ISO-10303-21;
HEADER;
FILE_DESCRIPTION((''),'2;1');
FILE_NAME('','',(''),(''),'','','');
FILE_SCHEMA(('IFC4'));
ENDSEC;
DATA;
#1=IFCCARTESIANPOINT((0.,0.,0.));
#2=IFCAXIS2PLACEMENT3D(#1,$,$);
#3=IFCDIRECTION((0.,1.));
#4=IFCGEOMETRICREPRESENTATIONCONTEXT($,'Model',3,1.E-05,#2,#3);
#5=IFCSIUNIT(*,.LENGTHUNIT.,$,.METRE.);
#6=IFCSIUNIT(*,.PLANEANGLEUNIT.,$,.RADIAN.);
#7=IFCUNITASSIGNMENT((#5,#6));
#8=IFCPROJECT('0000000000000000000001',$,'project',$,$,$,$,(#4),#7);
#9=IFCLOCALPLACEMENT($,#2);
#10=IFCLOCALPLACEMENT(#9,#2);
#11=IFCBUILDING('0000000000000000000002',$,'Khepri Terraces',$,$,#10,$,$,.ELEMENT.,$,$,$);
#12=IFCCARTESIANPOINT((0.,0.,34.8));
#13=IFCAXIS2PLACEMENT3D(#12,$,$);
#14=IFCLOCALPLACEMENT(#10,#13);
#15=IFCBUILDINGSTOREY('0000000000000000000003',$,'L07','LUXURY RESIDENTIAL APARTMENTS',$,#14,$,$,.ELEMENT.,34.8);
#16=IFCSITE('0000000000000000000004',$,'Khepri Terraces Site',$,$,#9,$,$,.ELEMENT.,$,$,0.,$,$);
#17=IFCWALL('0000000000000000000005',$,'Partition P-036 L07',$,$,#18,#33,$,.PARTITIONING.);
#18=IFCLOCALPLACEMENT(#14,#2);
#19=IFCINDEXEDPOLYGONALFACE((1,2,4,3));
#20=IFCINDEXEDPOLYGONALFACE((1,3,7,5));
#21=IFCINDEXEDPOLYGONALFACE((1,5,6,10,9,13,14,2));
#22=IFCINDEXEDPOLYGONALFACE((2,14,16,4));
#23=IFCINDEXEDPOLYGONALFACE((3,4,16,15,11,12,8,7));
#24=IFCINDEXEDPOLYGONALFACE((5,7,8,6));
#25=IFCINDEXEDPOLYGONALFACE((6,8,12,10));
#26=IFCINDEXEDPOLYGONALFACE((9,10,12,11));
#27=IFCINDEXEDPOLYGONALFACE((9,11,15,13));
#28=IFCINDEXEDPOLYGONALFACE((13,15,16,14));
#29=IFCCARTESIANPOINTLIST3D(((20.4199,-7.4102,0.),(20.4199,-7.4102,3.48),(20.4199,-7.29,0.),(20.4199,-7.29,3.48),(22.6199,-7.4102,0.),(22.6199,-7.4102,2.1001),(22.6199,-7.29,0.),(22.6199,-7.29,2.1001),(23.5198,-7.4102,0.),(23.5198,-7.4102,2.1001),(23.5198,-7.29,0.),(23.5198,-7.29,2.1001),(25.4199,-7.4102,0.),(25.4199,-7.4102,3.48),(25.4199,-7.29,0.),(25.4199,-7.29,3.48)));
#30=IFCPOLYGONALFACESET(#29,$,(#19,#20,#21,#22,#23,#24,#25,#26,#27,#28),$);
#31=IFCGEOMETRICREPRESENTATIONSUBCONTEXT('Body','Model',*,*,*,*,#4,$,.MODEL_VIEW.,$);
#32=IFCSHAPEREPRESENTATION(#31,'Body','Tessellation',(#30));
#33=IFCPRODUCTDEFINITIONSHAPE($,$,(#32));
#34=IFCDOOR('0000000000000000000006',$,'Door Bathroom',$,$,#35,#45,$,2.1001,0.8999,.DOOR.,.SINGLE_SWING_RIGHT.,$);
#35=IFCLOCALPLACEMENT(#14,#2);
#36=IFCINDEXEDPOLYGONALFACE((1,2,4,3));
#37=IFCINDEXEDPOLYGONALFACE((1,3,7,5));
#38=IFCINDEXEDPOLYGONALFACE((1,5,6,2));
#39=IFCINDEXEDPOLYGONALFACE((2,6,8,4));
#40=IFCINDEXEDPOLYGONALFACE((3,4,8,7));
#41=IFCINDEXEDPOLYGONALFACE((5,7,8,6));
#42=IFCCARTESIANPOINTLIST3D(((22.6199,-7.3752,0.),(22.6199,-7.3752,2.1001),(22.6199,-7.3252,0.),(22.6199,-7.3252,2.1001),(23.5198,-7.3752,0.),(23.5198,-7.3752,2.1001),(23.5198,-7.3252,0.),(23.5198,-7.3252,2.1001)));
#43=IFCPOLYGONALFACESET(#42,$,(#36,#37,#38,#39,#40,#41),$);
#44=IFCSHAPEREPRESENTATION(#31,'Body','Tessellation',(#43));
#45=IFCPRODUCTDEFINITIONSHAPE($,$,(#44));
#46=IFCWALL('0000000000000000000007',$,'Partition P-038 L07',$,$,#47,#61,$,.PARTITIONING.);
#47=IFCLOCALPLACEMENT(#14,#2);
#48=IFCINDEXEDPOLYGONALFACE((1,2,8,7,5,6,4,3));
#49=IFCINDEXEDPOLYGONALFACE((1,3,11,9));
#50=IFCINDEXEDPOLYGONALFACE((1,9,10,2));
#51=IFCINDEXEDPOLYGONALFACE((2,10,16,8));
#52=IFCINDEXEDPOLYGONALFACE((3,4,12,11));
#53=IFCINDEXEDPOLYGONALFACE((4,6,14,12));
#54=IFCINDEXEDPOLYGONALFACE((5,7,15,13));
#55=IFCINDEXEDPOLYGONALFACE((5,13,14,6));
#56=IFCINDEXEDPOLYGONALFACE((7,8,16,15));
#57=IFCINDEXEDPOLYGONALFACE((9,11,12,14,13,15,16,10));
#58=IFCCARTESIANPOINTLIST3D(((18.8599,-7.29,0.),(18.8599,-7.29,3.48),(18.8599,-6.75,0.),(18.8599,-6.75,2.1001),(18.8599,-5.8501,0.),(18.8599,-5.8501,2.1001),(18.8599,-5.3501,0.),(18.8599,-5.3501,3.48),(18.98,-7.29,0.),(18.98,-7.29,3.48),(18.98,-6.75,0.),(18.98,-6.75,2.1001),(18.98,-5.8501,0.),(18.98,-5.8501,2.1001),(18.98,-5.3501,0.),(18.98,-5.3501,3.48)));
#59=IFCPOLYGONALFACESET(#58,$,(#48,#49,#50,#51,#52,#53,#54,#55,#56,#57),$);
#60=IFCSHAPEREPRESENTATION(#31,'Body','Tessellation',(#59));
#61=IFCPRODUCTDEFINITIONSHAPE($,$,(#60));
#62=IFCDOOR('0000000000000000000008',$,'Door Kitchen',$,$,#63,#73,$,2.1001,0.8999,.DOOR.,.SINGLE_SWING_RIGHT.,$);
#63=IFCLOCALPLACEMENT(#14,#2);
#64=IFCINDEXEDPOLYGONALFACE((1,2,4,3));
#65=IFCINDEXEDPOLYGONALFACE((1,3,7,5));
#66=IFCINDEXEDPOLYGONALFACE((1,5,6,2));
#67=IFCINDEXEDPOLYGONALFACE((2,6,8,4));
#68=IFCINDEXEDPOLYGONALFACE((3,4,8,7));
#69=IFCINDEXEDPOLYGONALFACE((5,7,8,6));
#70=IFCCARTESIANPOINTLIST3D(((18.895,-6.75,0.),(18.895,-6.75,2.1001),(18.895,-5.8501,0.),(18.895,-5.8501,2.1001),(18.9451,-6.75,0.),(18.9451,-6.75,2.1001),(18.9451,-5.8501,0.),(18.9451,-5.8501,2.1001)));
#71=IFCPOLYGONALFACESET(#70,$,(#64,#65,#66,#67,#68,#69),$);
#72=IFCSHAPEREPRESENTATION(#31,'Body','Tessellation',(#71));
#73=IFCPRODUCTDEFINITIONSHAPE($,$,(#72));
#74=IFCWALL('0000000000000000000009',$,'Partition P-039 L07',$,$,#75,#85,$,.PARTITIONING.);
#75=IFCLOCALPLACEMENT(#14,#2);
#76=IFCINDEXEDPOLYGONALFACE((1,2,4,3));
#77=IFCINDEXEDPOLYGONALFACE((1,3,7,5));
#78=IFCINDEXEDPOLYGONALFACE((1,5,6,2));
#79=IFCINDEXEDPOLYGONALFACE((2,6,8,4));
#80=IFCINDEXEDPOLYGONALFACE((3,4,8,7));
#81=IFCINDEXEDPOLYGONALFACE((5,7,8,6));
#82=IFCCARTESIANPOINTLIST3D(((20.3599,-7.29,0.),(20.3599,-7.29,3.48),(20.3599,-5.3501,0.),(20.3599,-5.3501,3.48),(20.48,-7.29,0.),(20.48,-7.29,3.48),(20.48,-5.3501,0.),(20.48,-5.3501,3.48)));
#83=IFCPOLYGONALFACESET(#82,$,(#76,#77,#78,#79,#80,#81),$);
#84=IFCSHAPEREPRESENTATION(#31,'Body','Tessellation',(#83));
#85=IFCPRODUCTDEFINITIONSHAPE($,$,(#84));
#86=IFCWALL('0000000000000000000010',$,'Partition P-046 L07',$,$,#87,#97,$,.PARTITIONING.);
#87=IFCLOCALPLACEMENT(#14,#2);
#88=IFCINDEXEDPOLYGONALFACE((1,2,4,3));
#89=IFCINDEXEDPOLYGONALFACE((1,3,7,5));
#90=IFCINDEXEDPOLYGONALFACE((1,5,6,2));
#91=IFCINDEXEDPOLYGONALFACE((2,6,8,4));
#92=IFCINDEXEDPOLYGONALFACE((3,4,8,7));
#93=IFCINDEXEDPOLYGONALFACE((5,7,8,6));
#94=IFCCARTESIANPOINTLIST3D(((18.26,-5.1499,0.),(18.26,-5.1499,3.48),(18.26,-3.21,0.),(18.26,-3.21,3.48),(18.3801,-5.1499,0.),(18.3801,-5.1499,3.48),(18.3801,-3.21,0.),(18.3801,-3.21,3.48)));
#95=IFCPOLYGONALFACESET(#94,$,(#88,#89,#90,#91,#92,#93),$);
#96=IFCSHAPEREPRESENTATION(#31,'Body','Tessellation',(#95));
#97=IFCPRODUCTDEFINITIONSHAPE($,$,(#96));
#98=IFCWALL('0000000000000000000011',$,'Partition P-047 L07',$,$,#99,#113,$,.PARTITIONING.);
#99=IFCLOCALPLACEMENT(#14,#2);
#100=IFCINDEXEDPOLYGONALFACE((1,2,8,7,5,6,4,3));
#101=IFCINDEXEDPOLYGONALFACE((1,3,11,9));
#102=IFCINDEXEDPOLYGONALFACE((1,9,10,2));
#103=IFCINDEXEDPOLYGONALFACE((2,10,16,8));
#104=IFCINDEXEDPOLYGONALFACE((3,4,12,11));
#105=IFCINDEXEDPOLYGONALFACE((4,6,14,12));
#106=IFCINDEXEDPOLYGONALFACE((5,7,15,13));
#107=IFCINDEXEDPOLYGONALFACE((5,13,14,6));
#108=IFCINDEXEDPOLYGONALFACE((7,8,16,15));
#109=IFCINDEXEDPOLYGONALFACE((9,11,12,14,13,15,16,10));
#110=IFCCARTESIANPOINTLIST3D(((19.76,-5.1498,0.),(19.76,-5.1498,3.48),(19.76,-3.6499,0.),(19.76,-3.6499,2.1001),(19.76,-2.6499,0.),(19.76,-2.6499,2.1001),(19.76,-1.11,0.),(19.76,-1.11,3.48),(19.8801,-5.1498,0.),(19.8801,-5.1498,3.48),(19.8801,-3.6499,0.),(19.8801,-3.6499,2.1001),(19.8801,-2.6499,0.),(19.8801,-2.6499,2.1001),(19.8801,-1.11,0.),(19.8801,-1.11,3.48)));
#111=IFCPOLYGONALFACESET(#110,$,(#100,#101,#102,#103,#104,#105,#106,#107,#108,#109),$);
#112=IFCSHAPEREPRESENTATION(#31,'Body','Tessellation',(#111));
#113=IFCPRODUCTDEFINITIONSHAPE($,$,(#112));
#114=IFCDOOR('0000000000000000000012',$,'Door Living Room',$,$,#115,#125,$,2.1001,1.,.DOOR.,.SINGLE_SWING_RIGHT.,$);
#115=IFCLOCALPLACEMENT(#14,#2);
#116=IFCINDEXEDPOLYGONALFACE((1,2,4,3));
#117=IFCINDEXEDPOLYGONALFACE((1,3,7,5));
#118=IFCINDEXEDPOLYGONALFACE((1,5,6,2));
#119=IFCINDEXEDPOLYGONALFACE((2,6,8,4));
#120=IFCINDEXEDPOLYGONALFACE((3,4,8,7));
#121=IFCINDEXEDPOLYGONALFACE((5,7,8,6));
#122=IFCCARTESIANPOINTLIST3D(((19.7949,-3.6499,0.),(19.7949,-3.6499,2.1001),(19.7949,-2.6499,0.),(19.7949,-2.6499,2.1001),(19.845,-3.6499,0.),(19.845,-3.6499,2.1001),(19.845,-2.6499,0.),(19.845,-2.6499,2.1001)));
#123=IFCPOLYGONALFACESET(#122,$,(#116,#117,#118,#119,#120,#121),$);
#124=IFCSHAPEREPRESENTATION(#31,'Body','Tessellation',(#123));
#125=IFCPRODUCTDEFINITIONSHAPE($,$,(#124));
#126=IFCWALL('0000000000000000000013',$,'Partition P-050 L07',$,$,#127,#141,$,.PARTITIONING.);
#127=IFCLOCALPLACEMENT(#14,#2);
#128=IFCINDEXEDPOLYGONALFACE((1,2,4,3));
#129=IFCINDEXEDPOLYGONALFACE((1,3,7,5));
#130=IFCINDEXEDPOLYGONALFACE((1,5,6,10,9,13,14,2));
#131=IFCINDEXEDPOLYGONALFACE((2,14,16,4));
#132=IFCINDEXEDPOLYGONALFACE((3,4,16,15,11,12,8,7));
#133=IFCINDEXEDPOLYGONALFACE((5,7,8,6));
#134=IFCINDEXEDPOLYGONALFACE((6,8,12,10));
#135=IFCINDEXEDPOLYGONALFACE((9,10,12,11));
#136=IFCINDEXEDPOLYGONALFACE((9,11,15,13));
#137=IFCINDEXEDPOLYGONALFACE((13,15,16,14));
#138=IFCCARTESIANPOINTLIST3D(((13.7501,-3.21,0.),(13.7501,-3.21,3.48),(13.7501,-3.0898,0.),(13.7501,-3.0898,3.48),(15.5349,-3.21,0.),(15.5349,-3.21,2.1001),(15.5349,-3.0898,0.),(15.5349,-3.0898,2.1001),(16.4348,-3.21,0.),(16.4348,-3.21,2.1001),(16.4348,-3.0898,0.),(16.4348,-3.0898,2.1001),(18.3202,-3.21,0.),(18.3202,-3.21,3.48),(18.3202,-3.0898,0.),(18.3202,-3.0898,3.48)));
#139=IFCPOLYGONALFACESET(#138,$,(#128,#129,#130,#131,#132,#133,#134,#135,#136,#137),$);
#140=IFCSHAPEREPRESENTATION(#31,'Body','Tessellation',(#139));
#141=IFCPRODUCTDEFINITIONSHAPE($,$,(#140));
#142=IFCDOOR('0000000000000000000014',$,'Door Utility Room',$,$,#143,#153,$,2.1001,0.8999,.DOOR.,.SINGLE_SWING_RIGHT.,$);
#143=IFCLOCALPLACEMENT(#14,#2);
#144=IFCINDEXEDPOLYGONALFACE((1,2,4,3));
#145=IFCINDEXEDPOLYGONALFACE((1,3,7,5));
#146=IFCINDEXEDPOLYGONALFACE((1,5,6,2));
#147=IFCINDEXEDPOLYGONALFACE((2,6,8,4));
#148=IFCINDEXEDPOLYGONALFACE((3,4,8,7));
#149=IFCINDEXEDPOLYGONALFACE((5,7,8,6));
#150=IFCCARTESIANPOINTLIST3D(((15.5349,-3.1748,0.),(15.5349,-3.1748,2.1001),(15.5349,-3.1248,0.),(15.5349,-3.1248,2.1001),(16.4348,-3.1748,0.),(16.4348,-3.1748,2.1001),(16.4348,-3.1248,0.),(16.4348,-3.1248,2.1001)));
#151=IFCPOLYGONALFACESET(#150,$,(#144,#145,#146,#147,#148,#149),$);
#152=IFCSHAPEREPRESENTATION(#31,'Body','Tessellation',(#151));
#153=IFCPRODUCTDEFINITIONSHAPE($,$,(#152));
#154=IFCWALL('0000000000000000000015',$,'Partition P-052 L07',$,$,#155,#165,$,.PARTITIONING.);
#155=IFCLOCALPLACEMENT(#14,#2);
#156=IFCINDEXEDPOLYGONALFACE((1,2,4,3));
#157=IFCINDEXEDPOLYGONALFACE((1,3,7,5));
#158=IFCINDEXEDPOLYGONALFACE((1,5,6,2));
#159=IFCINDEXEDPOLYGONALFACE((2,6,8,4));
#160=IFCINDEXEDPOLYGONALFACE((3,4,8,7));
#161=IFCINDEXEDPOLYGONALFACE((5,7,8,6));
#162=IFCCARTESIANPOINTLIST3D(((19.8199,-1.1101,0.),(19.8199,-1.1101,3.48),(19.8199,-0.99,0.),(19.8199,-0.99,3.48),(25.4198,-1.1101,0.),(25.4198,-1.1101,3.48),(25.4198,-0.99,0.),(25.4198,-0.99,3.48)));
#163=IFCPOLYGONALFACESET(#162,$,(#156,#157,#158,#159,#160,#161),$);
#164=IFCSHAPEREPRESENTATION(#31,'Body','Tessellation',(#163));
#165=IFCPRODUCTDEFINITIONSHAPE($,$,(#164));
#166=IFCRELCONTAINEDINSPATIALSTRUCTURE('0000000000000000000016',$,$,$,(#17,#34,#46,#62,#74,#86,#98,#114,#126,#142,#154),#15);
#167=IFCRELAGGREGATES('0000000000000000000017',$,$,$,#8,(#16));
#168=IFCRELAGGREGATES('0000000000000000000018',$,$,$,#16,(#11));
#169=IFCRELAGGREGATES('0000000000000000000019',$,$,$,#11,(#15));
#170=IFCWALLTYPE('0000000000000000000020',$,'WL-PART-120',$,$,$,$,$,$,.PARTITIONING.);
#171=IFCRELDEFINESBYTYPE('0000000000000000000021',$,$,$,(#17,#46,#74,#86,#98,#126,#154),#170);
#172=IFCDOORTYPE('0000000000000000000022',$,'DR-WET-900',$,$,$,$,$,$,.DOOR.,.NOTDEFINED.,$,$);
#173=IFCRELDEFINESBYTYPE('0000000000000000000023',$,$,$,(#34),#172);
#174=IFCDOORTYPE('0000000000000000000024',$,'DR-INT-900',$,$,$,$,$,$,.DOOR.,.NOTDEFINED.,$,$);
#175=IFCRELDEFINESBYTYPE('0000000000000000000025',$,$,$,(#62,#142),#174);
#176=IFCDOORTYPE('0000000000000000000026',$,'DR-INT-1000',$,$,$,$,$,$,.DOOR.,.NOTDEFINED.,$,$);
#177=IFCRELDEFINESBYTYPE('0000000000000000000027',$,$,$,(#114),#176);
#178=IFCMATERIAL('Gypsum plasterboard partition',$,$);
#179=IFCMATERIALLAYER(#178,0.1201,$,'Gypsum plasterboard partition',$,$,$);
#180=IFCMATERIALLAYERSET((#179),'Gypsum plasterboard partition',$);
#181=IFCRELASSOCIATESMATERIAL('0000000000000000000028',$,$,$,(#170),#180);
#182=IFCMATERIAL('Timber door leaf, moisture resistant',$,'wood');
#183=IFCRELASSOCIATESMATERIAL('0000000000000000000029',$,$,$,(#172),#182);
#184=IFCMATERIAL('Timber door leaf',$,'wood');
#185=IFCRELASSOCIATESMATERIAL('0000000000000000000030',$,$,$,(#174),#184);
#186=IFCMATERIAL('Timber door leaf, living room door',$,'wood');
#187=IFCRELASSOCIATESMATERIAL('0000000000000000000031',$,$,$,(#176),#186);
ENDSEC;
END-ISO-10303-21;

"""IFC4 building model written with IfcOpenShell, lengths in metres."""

from ifc_helpers import new_model, si_unit, direction, frame, frame_2d, origin, place, context, subcontext, project, spatial, rectangle, extrude, material, layer, layer_set, type_object, element, fill, save


model = new_model("IFC4")

# Units and contexts
model_context = context("Model", 3, precision=1e-05, world=origin(), true_north=direction((0.0, 1.0)))
body_context = subcontext(model_context, "Body", "Model", "MODEL_VIEW")
ifc_project = project(units=[si_unit("LENGTHUNIT", "METRE"), si_unit("PLANEANGLEUNIT", "RADIAN")], contexts=[model_context])

# Site, building, storey
site_placement = place(None, origin())
site = spatial("IfcSite", under=ifc_project, at=site_placement, Name="Khepri Terraces Site", CompositionType="ELEMENT", RefElevation=0.0)
building_placement = place(site_placement, origin())
building = spatial("IfcBuilding", under=site, at=building_placement, Name="Khepri Terraces", CompositionType="ELEMENT")
storey_placement = place(building_placement, frame((0.0, 0.0, 34.8)))
storey = spatial("IfcBuildingStorey", under=building, at=storey_placement, Name="L07", Description="LUXURY RESIDENTIAL APARTMENTS", CompositionType="ELEMENT", Elevation=34.8)

# Shared definitions
ifc_material_1 = material(Name="Gypsum plasterboard partition")
ifc_layer_1 = layer(ifc_material_1, 0.1201, Name="Gypsum plasterboard partition")
ifc_layer_set_1 = layer_set([ifc_layer_1], Name="Gypsum plasterboard partition")
wall_type_1 = type_object("IfcWallType", Name="WL-PART-120", PredefinedType="PARTITIONING", material=ifc_layer_set_1)
ifc_material_2 = material(Name="Timber door leaf, moisture resistant", Category="wood")
door_type_1 = type_object("IfcDoorType", Name="DR-WET-900", OperationType="NOTDEFINED", PredefinedType="DOOR", material=ifc_material_2)
ifc_material_3 = material(Name="Timber door leaf", Category="wood")
door_type_2 = type_object("IfcDoorType", Name="DR-INT-900", OperationType="NOTDEFINED", PredefinedType="DOOR", material=ifc_material_3)

# Walls, openings, doors
wall_1_placement = place(storey_placement, frame((20.4199, -7.3501, 0.0), z_axis=(0.0, 0.0, 1.0), x_axis=(1.0, 0.0, 0.0)))
wall_1 = element("IfcWall", 1, at=wall_1_placement, inside=storey, type_object=wall_type_1, Name="Partition P-036 L07", PredefinedType="PARTITIONING", context=body_context, shape_type="SweptSolid", body=[
    extrude(rectangle(XDim=5.0, YDim=0.1201, at=frame_2d((2.5, 0.0))), origin(), (0.0, 0.0, 1.0), 3.48),
])
opening_1_placement = place(wall_1_placement, frame((2.2, 0.0, 0.0)))
opening_1 = element("IfcOpeningElement", 2, at=opening_1_placement, cuts=wall_1, PredefinedType="OPENING", context=body_context, shape_type="SweptSolid", body=[
    extrude(rectangle(XDim=0.8999, YDim=2.1001, at=frame_2d((0.45, 1.05))), frame((0.0, 0.0701, 0.0), z_axis=(0.0, -1.0, 0.0), x_axis=(1.0, 0.0, 0.0)), (0.0, 0.0, 1.0), 0.1401),
])
door_1_placement = place(opening_1_placement, origin())
door_1 = element("IfcDoor", 3, at=door_1_placement, inside=storey, type_object=door_type_1, Name="Door Bathroom", OperationType="SINGLE_SWING_RIGHT", OverallHeight=2.1001, OverallWidth=0.8999, PredefinedType="DOOR", context=body_context, shape_type="SweptSolid", body=[
    extrude(rectangle(XDim=0.8999, YDim=2.1001, at=frame_2d((0.45, 1.05))), frame((0.0, 0.0249, 0.0), z_axis=(0.0, -1.0, 0.0), x_axis=(1.0, 0.0, 0.0)), (0.0, 0.0, 1.0), 0.05),
])
fill(opening_1, door_1)
wall_2_placement = place(storey_placement, frame((18.9199, -7.29, 0.0), z_axis=(0.0, 0.0, 1.0), x_axis=(0.0, 1.0, 0.0)))
wall_2 = element("IfcWall", 4, at=wall_2_placement, inside=storey, type_object=wall_type_1, Name="Partition P-038 L07", PredefinedType="PARTITIONING", context=body_context, shape_type="SweptSolid", body=[
    extrude(rectangle(XDim=1.9399, YDim=0.1201, at=frame_2d((0.97, 0.0))), origin(), (0.0, 0.0, 1.0), 3.48),
])
opening_2_placement = place(wall_2_placement, frame((0.54, 0.0, 0.0)))
opening_2 = element("IfcOpeningElement", 5, at=opening_2_placement, cuts=wall_2, PredefinedType="OPENING", context=body_context, shape_type="SweptSolid", body=[
    extrude(rectangle(XDim=0.8999, YDim=2.1001, at=frame_2d((0.45, 1.05))), frame((0.0, 0.0701, 0.0), z_axis=(0.0, -1.0, 0.0), x_axis=(1.0, 0.0, 0.0)), (0.0, 0.0, 1.0), 0.1401),
])
door_2_placement = place(opening_2_placement, origin())
door_2 = element("IfcDoor", 6, at=door_2_placement, inside=storey, type_object=door_type_2, Name="Door Kitchen", OperationType="SINGLE_SWING_RIGHT", OverallHeight=2.1001, OverallWidth=0.8999, PredefinedType="DOOR", context=body_context, shape_type="SweptSolid", body=[
    extrude(rectangle(XDim=0.8999, YDim=2.1001, at=frame_2d((0.45, 1.05))), frame((0.0, 0.0249, 0.0), z_axis=(0.0, -1.0, 0.0), x_axis=(1.0, 0.0, 0.0)), (0.0, 0.0, 1.0), 0.05),
])
fill(opening_2, door_2)

# Walls
for number, where, z_axis, x_axis, name in (
    (7, (20.4199, -7.29, 0.0), (0.0, 0.0, 1.0), (0.0, 1.0, 0.0), "Partition P-039 L07"),
    (8, (18.3201, -5.1499, 0.0), (0.0, 0.0, 1.0), (0.0, 1.0, 0.0), "Partition P-046 L07"),
):
    element("IfcWall", number, at=place(storey_placement, frame(where, z_axis=z_axis, x_axis=x_axis)), inside=storey, type_object=wall_type_1, Name=name, PredefinedType="PARTITIONING", context=body_context, shape_type="SweptSolid", body=[
        extrude(rectangle(XDim=1.9399, YDim=0.1201, at=frame_2d((0.97, 0.0))), origin(), (0.0, 0.0, 1.0), 3.48),
    ])

# Walls, openings, doors
wall_3_placement = place(storey_placement, frame((19.8201, -5.1499, 0.0), z_axis=(0.0, 0.0, 1.0), x_axis=(0.0, 1.0, 0.0)))
wall_3 = element("IfcWall", 9, at=wall_3_placement, inside=storey, type_object=wall_type_1, Name="Partition P-047 L07", PredefinedType="PARTITIONING", context=body_context, shape_type="SweptSolid", body=[
    extrude(rectangle(XDim=4.0398, YDim=0.1201, at=frame_2d((2.02, 0.0))), origin(), (0.0, 0.0, 1.0), 3.48),
])
opening_3_placement = place(wall_3_placement, frame((1.5, 0.0, 0.0)))
opening_3 = element("IfcOpeningElement", 10, at=opening_3_placement, cuts=wall_3, PredefinedType="OPENING", context=body_context, shape_type="SweptSolid", body=[
    extrude(rectangle(XDim=1.0, YDim=2.1001, at=frame_2d((0.5, 1.05))), frame((0.0, 0.0701, 0.0), z_axis=(0.0, -1.0, 0.0), x_axis=(1.0, 0.0, 0.0)), (0.0, 0.0, 1.0), 0.1401),
])
ifc_material_4 = material(Name="Timber door leaf, living room door", Category="wood")
door_type_3 = type_object("IfcDoorType", Name="DR-INT-1000", OperationType="NOTDEFINED", PredefinedType="DOOR", material=ifc_material_4)
door_3_placement = place(opening_3_placement, frame((1.0, 0.0, 0.0), z_axis=(0.0, 0.0, 1.0), x_axis=(-1.0, 0.0, 0.0)))
door_3 = element("IfcDoor", 11, at=door_3_placement, inside=storey, type_object=door_type_3, Name="Door Living Room", OperationType="SINGLE_SWING_RIGHT", OverallHeight=2.1001, OverallWidth=1.0, PredefinedType="DOOR", context=body_context, shape_type="SweptSolid", body=[
    extrude(rectangle(XDim=1.0, YDim=2.1001, at=frame_2d((0.5, 1.05))), frame((0.0, 0.0249, 0.0), z_axis=(0.0, -1.0, 0.0), x_axis=(1.0, 0.0, 0.0)), (0.0, 0.0, 1.0), 0.05),
])
fill(opening_3, door_3)
wall_4_placement = place(storey_placement, frame((13.75, -3.1499, 0.0), z_axis=(0.0, 0.0, 1.0), x_axis=(1.0, 0.0, 0.0)))
wall_4 = element("IfcWall", 12, at=wall_4_placement, inside=storey, type_object=wall_type_1, Name="Partition P-050 L07", PredefinedType="PARTITIONING", context=body_context, shape_type="SweptSolid", body=[
    extrude(rectangle(XDim=4.5701, YDim=0.1201, at=frame_2d((2.2852, 0.0))), origin(), (0.0, 0.0, 1.0), 3.48),
])
opening_4_placement = place(wall_4_placement, frame((1.7849, 0.0, 0.0)))
opening_4 = element("IfcOpeningElement", 13, at=opening_4_placement, cuts=wall_4, PredefinedType="OPENING", context=body_context, shape_type="SweptSolid", body=[
    extrude(rectangle(XDim=0.8999, YDim=2.1001, at=frame_2d((0.45, 1.05))), frame((0.0, 0.0701, 0.0), z_axis=(0.0, -1.0, 0.0), x_axis=(1.0, 0.0, 0.0)), (0.0, 0.0, 1.0), 0.1401),
])
door_4_placement = place(opening_4_placement, frame((0.8999, 0.0, 0.0), z_axis=(0.0, 0.0, 1.0), x_axis=(-1.0, 0.0, 0.0)))
door_4 = element("IfcDoor", 14, at=door_4_placement, inside=storey, type_object=door_type_2, Name="Door Utility Room", OperationType="SINGLE_SWING_RIGHT", OverallHeight=2.1001, OverallWidth=0.8999, PredefinedType="DOOR", context=body_context, shape_type="SweptSolid", body=[
    extrude(rectangle(XDim=0.8999, YDim=2.1001, at=frame_2d((0.45, 1.05))), frame((0.0, 0.0249, 0.0), z_axis=(0.0, -1.0, 0.0), x_axis=(1.0, 0.0, 0.0)), (0.0, 0.0, 1.0), 0.05),
])
fill(opening_4, door_4)

# Wall
wall_5_placement = place(storey_placement, frame((19.8201, -1.05, 0.0), z_axis=(0.0, 0.0, 1.0), x_axis=(1.0, 0.0, 0.0)))
element("IfcWall", 15, at=wall_5_placement, inside=storey, type_object=wall_type_1, Name="Partition P-052 L07", PredefinedType="PARTITIONING", context=body_context, shape_type="SweptSolid", body=[
    extrude(rectangle(XDim=5.5999, YDim=0.1201, at=frame_2d((2.7998, 0.0))), origin(), (0.0, 0.0, 1.0), 3.48),
])

save(model, "model.ifc")
